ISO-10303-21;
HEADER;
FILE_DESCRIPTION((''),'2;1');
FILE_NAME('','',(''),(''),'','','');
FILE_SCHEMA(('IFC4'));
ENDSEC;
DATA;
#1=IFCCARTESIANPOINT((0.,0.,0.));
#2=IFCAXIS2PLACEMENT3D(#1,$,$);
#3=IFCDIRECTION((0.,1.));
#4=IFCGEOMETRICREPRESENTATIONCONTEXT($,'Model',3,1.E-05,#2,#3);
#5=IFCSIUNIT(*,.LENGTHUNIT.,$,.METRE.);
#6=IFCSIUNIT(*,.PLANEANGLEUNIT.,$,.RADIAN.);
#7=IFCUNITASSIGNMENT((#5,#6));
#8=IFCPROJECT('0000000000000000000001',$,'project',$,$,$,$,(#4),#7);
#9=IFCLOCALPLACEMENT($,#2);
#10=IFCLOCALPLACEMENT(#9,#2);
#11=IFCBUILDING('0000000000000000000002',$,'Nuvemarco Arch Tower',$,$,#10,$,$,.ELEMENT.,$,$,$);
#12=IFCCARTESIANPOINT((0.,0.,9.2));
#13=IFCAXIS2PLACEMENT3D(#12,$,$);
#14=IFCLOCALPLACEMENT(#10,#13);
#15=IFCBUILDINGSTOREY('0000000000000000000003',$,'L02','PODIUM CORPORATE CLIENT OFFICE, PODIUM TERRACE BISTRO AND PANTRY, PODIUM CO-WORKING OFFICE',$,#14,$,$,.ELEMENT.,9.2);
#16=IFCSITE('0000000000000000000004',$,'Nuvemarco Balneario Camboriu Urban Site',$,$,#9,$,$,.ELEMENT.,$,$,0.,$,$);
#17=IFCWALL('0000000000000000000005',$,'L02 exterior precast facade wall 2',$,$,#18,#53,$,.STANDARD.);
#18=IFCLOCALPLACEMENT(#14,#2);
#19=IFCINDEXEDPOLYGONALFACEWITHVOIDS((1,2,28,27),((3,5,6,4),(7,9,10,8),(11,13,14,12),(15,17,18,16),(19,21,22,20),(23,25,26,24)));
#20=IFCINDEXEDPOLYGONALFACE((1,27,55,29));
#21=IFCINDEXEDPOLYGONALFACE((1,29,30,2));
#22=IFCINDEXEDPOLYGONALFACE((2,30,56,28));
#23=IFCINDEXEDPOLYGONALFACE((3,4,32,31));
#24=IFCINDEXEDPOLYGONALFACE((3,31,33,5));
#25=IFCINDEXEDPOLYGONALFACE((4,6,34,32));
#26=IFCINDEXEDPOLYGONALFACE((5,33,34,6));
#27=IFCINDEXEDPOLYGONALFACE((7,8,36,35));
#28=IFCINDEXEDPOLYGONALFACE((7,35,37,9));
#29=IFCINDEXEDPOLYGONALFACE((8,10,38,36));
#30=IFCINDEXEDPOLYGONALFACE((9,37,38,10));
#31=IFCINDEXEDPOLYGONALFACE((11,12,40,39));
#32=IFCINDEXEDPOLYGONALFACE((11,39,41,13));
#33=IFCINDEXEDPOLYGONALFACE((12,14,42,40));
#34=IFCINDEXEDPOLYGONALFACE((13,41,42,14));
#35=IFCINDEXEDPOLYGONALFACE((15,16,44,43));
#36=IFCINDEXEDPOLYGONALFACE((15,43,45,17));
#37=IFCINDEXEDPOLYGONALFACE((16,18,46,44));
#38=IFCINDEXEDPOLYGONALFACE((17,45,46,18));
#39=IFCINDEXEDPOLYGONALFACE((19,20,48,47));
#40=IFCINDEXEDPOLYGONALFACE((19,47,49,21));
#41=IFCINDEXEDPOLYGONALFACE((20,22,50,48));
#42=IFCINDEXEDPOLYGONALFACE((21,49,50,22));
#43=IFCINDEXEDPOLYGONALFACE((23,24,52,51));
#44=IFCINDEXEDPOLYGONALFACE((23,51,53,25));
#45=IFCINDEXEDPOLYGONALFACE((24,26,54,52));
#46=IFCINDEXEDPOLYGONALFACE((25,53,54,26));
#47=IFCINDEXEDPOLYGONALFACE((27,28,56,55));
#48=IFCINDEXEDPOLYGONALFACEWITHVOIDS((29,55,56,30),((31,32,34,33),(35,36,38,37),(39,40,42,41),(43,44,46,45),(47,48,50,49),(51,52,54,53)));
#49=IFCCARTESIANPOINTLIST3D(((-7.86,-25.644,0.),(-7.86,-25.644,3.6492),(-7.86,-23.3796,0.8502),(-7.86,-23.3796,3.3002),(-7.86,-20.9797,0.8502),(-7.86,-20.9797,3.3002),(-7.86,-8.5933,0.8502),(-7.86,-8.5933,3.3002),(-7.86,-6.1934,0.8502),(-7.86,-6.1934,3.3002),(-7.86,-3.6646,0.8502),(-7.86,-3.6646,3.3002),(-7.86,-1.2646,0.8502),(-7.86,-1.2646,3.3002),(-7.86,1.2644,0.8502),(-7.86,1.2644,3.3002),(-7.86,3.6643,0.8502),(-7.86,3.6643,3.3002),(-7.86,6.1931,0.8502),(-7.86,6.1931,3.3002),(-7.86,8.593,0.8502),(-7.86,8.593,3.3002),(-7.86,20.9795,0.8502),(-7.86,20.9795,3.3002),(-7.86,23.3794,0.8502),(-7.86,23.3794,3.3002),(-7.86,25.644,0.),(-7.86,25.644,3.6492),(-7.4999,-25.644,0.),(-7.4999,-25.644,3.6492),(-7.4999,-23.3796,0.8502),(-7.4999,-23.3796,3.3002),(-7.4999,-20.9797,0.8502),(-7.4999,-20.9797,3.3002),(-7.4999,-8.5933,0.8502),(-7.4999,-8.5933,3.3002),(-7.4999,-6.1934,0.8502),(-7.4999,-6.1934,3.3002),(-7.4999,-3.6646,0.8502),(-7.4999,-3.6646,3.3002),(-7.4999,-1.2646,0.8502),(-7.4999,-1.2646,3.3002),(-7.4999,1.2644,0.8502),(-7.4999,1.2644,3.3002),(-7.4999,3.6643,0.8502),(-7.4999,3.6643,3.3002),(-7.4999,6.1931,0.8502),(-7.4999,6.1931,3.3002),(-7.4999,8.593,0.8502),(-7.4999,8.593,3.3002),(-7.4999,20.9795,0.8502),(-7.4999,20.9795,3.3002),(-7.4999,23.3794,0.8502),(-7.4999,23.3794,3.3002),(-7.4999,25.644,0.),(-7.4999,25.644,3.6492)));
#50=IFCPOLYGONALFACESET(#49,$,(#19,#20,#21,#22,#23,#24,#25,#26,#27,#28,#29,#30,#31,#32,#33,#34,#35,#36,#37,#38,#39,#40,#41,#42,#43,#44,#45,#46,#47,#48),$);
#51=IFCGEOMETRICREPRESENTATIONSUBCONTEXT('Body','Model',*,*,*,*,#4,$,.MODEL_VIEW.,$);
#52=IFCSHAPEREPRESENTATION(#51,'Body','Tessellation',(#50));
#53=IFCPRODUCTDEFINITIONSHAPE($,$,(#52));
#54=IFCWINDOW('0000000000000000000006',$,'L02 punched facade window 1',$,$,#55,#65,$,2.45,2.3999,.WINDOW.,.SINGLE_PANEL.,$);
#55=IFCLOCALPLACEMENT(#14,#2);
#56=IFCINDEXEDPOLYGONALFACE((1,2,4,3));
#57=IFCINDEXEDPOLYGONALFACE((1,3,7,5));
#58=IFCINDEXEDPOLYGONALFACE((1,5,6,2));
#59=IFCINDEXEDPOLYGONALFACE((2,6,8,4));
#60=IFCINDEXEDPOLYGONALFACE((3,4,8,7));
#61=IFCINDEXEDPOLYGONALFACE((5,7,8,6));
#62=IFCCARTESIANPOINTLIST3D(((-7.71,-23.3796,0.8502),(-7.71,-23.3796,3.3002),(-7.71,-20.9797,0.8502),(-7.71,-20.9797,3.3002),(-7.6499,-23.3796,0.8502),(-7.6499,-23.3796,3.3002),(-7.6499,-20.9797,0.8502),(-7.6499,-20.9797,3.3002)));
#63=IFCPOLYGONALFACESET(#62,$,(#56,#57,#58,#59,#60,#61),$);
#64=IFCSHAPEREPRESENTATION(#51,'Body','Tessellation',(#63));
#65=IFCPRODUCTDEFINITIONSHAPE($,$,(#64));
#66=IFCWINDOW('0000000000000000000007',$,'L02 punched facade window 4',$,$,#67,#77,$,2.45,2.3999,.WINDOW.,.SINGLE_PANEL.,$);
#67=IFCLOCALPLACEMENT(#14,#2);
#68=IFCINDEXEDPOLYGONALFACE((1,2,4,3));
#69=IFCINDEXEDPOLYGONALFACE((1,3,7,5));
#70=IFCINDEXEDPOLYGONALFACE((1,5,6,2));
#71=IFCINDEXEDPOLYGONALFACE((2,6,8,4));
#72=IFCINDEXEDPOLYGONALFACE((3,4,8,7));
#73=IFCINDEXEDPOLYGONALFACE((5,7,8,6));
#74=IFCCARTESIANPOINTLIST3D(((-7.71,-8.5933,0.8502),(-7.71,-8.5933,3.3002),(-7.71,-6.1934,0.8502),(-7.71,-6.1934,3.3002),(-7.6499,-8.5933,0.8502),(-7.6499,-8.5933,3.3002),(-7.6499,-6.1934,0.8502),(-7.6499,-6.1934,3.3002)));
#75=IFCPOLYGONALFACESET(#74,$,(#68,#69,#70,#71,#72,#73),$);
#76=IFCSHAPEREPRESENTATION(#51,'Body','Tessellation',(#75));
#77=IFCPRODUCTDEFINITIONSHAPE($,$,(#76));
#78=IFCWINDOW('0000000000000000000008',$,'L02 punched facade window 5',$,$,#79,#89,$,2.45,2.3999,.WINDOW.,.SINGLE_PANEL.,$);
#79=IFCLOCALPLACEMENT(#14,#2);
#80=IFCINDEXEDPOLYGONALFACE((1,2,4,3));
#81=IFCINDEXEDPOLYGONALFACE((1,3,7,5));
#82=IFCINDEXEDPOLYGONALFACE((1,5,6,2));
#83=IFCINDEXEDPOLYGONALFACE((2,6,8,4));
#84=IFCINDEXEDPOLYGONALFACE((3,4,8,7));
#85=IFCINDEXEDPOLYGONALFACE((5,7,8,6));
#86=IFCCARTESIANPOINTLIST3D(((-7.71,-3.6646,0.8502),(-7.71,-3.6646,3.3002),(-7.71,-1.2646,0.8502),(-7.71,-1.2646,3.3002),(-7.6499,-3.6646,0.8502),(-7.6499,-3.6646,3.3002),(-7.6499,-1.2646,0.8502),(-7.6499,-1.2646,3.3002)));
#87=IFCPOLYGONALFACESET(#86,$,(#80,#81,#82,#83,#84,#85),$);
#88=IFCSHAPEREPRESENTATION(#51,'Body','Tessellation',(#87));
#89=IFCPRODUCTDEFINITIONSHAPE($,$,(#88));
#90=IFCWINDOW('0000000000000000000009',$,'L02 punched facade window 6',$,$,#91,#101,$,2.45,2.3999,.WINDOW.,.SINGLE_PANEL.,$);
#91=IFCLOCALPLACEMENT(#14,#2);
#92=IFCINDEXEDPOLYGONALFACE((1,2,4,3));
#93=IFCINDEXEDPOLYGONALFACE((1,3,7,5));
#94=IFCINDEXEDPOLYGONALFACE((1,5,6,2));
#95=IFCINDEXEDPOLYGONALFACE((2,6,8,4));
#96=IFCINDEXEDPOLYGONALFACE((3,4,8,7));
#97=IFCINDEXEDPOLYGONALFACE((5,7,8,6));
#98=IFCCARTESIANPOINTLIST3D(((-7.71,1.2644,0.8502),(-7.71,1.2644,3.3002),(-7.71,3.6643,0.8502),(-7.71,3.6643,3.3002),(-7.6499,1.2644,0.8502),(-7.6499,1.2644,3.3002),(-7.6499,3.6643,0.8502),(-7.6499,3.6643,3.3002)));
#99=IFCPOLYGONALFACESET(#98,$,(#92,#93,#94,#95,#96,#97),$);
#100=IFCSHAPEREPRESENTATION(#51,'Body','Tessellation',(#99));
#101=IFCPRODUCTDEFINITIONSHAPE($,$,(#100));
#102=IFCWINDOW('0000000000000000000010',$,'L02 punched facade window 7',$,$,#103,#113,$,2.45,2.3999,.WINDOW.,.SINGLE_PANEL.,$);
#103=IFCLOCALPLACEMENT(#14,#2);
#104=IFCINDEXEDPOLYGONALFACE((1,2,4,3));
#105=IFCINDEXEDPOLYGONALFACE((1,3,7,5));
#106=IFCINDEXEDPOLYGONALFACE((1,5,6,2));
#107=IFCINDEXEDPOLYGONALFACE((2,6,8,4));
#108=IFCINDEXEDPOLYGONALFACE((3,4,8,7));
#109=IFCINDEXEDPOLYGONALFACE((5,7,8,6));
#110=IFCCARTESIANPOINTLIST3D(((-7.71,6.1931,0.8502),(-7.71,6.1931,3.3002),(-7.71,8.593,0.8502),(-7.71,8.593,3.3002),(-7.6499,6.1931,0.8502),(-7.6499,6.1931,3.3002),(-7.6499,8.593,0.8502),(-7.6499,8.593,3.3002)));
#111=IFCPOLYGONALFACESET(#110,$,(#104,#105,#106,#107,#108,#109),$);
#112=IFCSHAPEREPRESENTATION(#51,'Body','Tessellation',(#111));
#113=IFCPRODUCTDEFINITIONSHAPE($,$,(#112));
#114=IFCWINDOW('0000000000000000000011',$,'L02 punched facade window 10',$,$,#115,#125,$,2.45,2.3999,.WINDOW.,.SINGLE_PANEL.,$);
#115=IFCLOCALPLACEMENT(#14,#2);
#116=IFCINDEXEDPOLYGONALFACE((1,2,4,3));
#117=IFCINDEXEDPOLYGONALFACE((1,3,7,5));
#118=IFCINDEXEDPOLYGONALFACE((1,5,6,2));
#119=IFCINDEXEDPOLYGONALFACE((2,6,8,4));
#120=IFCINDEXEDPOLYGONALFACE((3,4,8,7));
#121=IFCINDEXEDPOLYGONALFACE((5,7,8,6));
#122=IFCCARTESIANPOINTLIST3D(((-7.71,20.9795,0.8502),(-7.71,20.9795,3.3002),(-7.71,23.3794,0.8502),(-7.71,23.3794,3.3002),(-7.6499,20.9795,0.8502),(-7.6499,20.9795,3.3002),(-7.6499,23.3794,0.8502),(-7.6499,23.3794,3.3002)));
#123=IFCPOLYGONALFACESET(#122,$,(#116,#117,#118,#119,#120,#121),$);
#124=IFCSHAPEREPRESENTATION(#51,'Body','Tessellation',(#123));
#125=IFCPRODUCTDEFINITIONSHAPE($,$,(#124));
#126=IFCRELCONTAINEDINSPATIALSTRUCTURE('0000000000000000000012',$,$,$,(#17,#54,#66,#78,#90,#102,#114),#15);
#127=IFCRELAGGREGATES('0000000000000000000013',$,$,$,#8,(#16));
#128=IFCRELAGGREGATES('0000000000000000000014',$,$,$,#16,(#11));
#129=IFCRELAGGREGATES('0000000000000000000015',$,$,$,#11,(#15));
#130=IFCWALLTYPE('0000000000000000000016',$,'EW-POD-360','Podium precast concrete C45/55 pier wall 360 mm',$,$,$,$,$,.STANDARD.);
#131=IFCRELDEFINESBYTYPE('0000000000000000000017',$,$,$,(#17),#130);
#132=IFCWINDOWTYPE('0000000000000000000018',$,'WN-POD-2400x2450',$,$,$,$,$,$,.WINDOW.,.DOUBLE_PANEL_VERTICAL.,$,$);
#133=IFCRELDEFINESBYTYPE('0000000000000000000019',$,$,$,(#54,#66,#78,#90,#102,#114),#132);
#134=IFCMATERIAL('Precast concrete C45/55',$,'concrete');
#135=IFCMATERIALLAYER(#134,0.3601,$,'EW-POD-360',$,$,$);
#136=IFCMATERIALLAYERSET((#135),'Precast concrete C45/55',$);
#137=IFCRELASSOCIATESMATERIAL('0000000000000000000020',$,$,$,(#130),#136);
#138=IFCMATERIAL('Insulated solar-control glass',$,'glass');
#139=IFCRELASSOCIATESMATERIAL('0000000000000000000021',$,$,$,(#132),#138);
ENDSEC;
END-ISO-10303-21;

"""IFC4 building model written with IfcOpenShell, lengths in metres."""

from ifc_helpers import new_model, si_unit, direction, frame, frame_2d, origin, place, context, subcontext, project, spatial, rectangle, extrude, source, transform, mapped, material, layer, layer_set, type_object, type_shapes, element, fill, save


model = new_model("IFC4")

# Units and contexts
model_context = context("Model", 3, precision=1e-05, world=origin(), true_north=direction((0.0, 1.0)))
body_context = subcontext(model_context, "Body", "Model", "MODEL_VIEW")
ifc_project = project(units=[si_unit("LENGTHUNIT", "METRE"), si_unit("PLANEANGLEUNIT", "RADIAN")], contexts=[model_context])

# Site, building, storey
site_placement = place(None, origin())
site = spatial("IfcSite", under=ifc_project, at=site_placement, Name="Nuvemarco Balneario Camboriu Urban Site", CompositionType="ELEMENT", RefElevation=0.0)
building_placement = place(site_placement, origin())
building = spatial("IfcBuilding", under=site, at=building_placement, Name="Nuvemarco Arch Tower", CompositionType="ELEMENT")
storey_placement = place(building_placement, frame((0.0, 0.0, 9.2)))
storey = spatial("IfcBuildingStorey", under=building, at=storey_placement, Name="L02", Description="PODIUM CORPORATE CLIENT OFFICE, PODIUM TERRACE BISTRO AND PANTRY, PODIUM CO-WORKING OFFICE", CompositionType="ELEMENT", Elevation=9.2)

# Shared definitions
ifc_material_1 = material(Name="Precast concrete C45/55", Category="concrete")

# Shared definitions
ifc_layer_1 = layer(ifc_material_1, 0.3601, Name="EW-POD-360")
ifc_layer_set_1 = layer_set([ifc_layer_1], Name="Precast concrete C45/55")
wall_type_1 = type_object("IfcWallType", Name="EW-POD-360", Description="Podium precast concrete C45/55 pier wall 360 mm", PredefinedType="STANDARD", material=ifc_layer_set_1)
ifc_material_2 = material(Name="Insulated solar-control glass", Category="glass")

# Wall, openings, windows
wall_1_placement = place(storey_placement, frame((-7.6799, -25.644, 0.0), z_axis=(0.0, 0.0, 1.0), x_axis=(0.0, 1.0, 0.0)))
wall_1 = element("IfcWall", 1, at=wall_1_placement, inside=storey, type_object=wall_type_1, Name="L02 exterior precast facade wall 2", PredefinedType="STANDARD", context=body_context, shape_type="SweptSolid", body=[
    extrude(rectangle(XDim=51.2881, YDim=0.3601, at=frame_2d((25.644, 0.0))), origin(), (0.0, 0.0, 1.0), 3.6492),
])
opening_1_placement = place(wall_1_placement, frame((2.2644, 0.0, 0.8501)))
opening_1 = element("IfcOpeningElement", 2, at=opening_1_placement, cuts=wall_1, PredefinedType="OPENING", context=body_context, shape_type="SweptSolid", body=[
    extrude(rectangle(XDim=2.3999, YDim=2.45, at=frame_2d((1.2, 1.2251))), frame((0.0, 0.1899, 0.0), z_axis=(0.0, -1.0, 0.0), x_axis=(1.0, 0.0, 0.0)), (0.0, 0.0, 1.0), 0.3801),
])
opening_2_placement = place(wall_1_placement, frame((17.0508, 0.0, 0.8501)))
opening_2 = element("IfcOpeningElement", 3, at=opening_2_placement, cuts=wall_1, PredefinedType="OPENING", context=body_context, shape_type="SweptSolid", body=[
    extrude(rectangle(XDim=2.3999, YDim=2.45, at=frame_2d((1.2, 1.2251))), frame((0.0, 0.1899, 0.0), z_axis=(0.0, -1.0, 0.0), x_axis=(1.0, 0.0, 0.0)), (0.0, 0.0, 1.0), 0.3801),
])
opening_3_placement = place(wall_1_placement, frame((21.9795, 0.0, 0.8501)))
opening_3 = element("IfcOpeningElement", 4, at=opening_3_placement, cuts=wall_1, PredefinedType="OPENING", context=body_context, shape_type="SweptSolid", body=[
    extrude(rectangle(XDim=2.3999, YDim=2.45, at=frame_2d((1.2, 1.2251))), frame((0.0, 0.1899, 0.0), z_axis=(0.0, -1.0, 0.0), x_axis=(1.0, 0.0, 0.0)), (0.0, 0.0, 1.0), 0.3801),
])
opening_4_placement = place(wall_1_placement, frame((26.9084, 0.0, 0.8501)))
opening_4 = element("IfcOpeningElement", 5, at=opening_4_placement, cuts=wall_1, PredefinedType="OPENING", context=body_context, shape_type="SweptSolid", body=[
    extrude(rectangle(XDim=2.3999, YDim=2.45, at=frame_2d((1.2, 1.2251))), frame((0.0, 0.1899, 0.0), z_axis=(0.0, -1.0, 0.0), x_axis=(1.0, 0.0, 0.0)), (0.0, 0.0, 1.0), 0.3801),
])
opening_5_placement = place(wall_1_placement, frame((31.8372, 0.0, 0.8501)))
opening_5 = element("IfcOpeningElement", 6, at=opening_5_placement, cuts=wall_1, PredefinedType="OPENING", context=body_context, shape_type="SweptSolid", body=[
    extrude(rectangle(XDim=2.3999, YDim=2.45, at=frame_2d((1.2, 1.2251))), frame((0.0, 0.1899, 0.0), z_axis=(0.0, -1.0, 0.0), x_axis=(1.0, 0.0, 0.0)), (0.0, 0.0, 1.0), 0.3801),
])
opening_6_placement = place(wall_1_placement, frame((46.6235, 0.0, 0.8501)))
opening_6 = element("IfcOpeningElement", 7, at=opening_6_placement, cuts=wall_1, PredefinedType="OPENING", context=body_context, shape_type="SweptSolid", body=[
    extrude(rectangle(XDim=2.3999, YDim=2.45, at=frame_2d((1.2, 1.2251))), frame((0.0, 0.1899, 0.0), z_axis=(0.0, -1.0, 0.0), x_axis=(1.0, 0.0, 0.0)), (0.0, 0.0, 1.0), 0.3801),
])
window_type_1 = type_object("IfcWindowType", Name="WN-POD-2400x2450", PartitioningType="DOUBLE_PANEL_VERTICAL", PredefinedType="WINDOW", material=ifc_material_2)
shared_shape_1 = source(origin(), body_context, "Body", "SweptSolid", [
    extrude(rectangle(XDim=2.3999, YDim=2.45, at=frame_2d((1.2, 1.2251))), frame((0.0, 0.03, 0.0), z_axis=(0.0, -1.0, 0.0), x_axis=(1.0, 0.0, 0.0)), (0.0, 0.0, 1.0), 0.0601),
])
type_shapes(window_type_1, [shared_shape_1])
window_1_placement = place(opening_1_placement, origin())
window_1 = element("IfcWindow", 8, at=window_1_placement, inside=storey, type_object=window_type_1, Name="L02 punched facade window 1", OverallHeight=2.45, OverallWidth=2.3999, PartitioningType="SINGLE_PANEL", PredefinedType="WINDOW", context=body_context, shape_type="MappedRepresentation", body=[
    mapped(shared_shape_1, transform((0.0, 0.0, 0.0), scale=1.0)),
])
fill(opening_1, window_1)
window_2_placement = place(opening_2_placement, origin())
window_2 = element("IfcWindow", 9, at=window_2_placement, inside=storey, type_object=window_type_1, Name="L02 punched facade window 4", OverallHeight=2.45, OverallWidth=2.3999, PartitioningType="SINGLE_PANEL", PredefinedType="WINDOW", context=body_context, shape_type="MappedRepresentation", body=[
    mapped(shared_shape_1, transform((0.0, 0.0, 0.0), scale=1.0)),
])
fill(opening_2, window_2)
window_3_placement = place(opening_3_placement, origin())
window_3 = element("IfcWindow", 10, at=window_3_placement, inside=storey, type_object=window_type_1, Name="L02 punched facade window 5", OverallHeight=2.45, OverallWidth=2.3999, PartitioningType="SINGLE_PANEL", PredefinedType="WINDOW", context=body_context, shape_type="MappedRepresentation", body=[
    mapped(shared_shape_1, transform((0.0, 0.0, 0.0), scale=1.0)),
])
fill(opening_3, window_3)
window_4_placement = place(opening_4_placement, origin())
window_4 = element("IfcWindow", 11, at=window_4_placement, inside=storey, type_object=window_type_1, Name="L02 punched facade window 6", OverallHeight=2.45, OverallWidth=2.3999, PartitioningType="SINGLE_PANEL", PredefinedType="WINDOW", context=body_context, shape_type="MappedRepresentation", body=[
    mapped(shared_shape_1, transform((0.0, 0.0, 0.0), scale=1.0)),
])
fill(opening_4, window_4)
window_5_placement = place(opening_5_placement, origin())
window_5 = element("IfcWindow", 12, at=window_5_placement, inside=storey, type_object=window_type_1, Name="L02 punched facade window 7", OverallHeight=2.45, OverallWidth=2.3999, PartitioningType="SINGLE_PANEL", PredefinedType="WINDOW", context=body_context, shape_type="MappedRepresentation", body=[
    mapped(shared_shape_1, transform((0.0, 0.0, 0.0), scale=1.0)),
])
fill(opening_5, window_5)
window_6_placement = place(opening_6_placement, origin())
window_6 = element("IfcWindow", 13, at=window_6_placement, inside=storey, type_object=window_type_1, Name="L02 punched facade window 10", OverallHeight=2.45, OverallWidth=2.3999, PartitioningType="SINGLE_PANEL", PredefinedType="WINDOW", context=body_context, shape_type="MappedRepresentation", body=[
    mapped(shared_shape_1, transform((0.0, 0.0, 0.0), scale=1.0)),
])
fill(opening_6, window_6)

save(model, "model.ifc")
